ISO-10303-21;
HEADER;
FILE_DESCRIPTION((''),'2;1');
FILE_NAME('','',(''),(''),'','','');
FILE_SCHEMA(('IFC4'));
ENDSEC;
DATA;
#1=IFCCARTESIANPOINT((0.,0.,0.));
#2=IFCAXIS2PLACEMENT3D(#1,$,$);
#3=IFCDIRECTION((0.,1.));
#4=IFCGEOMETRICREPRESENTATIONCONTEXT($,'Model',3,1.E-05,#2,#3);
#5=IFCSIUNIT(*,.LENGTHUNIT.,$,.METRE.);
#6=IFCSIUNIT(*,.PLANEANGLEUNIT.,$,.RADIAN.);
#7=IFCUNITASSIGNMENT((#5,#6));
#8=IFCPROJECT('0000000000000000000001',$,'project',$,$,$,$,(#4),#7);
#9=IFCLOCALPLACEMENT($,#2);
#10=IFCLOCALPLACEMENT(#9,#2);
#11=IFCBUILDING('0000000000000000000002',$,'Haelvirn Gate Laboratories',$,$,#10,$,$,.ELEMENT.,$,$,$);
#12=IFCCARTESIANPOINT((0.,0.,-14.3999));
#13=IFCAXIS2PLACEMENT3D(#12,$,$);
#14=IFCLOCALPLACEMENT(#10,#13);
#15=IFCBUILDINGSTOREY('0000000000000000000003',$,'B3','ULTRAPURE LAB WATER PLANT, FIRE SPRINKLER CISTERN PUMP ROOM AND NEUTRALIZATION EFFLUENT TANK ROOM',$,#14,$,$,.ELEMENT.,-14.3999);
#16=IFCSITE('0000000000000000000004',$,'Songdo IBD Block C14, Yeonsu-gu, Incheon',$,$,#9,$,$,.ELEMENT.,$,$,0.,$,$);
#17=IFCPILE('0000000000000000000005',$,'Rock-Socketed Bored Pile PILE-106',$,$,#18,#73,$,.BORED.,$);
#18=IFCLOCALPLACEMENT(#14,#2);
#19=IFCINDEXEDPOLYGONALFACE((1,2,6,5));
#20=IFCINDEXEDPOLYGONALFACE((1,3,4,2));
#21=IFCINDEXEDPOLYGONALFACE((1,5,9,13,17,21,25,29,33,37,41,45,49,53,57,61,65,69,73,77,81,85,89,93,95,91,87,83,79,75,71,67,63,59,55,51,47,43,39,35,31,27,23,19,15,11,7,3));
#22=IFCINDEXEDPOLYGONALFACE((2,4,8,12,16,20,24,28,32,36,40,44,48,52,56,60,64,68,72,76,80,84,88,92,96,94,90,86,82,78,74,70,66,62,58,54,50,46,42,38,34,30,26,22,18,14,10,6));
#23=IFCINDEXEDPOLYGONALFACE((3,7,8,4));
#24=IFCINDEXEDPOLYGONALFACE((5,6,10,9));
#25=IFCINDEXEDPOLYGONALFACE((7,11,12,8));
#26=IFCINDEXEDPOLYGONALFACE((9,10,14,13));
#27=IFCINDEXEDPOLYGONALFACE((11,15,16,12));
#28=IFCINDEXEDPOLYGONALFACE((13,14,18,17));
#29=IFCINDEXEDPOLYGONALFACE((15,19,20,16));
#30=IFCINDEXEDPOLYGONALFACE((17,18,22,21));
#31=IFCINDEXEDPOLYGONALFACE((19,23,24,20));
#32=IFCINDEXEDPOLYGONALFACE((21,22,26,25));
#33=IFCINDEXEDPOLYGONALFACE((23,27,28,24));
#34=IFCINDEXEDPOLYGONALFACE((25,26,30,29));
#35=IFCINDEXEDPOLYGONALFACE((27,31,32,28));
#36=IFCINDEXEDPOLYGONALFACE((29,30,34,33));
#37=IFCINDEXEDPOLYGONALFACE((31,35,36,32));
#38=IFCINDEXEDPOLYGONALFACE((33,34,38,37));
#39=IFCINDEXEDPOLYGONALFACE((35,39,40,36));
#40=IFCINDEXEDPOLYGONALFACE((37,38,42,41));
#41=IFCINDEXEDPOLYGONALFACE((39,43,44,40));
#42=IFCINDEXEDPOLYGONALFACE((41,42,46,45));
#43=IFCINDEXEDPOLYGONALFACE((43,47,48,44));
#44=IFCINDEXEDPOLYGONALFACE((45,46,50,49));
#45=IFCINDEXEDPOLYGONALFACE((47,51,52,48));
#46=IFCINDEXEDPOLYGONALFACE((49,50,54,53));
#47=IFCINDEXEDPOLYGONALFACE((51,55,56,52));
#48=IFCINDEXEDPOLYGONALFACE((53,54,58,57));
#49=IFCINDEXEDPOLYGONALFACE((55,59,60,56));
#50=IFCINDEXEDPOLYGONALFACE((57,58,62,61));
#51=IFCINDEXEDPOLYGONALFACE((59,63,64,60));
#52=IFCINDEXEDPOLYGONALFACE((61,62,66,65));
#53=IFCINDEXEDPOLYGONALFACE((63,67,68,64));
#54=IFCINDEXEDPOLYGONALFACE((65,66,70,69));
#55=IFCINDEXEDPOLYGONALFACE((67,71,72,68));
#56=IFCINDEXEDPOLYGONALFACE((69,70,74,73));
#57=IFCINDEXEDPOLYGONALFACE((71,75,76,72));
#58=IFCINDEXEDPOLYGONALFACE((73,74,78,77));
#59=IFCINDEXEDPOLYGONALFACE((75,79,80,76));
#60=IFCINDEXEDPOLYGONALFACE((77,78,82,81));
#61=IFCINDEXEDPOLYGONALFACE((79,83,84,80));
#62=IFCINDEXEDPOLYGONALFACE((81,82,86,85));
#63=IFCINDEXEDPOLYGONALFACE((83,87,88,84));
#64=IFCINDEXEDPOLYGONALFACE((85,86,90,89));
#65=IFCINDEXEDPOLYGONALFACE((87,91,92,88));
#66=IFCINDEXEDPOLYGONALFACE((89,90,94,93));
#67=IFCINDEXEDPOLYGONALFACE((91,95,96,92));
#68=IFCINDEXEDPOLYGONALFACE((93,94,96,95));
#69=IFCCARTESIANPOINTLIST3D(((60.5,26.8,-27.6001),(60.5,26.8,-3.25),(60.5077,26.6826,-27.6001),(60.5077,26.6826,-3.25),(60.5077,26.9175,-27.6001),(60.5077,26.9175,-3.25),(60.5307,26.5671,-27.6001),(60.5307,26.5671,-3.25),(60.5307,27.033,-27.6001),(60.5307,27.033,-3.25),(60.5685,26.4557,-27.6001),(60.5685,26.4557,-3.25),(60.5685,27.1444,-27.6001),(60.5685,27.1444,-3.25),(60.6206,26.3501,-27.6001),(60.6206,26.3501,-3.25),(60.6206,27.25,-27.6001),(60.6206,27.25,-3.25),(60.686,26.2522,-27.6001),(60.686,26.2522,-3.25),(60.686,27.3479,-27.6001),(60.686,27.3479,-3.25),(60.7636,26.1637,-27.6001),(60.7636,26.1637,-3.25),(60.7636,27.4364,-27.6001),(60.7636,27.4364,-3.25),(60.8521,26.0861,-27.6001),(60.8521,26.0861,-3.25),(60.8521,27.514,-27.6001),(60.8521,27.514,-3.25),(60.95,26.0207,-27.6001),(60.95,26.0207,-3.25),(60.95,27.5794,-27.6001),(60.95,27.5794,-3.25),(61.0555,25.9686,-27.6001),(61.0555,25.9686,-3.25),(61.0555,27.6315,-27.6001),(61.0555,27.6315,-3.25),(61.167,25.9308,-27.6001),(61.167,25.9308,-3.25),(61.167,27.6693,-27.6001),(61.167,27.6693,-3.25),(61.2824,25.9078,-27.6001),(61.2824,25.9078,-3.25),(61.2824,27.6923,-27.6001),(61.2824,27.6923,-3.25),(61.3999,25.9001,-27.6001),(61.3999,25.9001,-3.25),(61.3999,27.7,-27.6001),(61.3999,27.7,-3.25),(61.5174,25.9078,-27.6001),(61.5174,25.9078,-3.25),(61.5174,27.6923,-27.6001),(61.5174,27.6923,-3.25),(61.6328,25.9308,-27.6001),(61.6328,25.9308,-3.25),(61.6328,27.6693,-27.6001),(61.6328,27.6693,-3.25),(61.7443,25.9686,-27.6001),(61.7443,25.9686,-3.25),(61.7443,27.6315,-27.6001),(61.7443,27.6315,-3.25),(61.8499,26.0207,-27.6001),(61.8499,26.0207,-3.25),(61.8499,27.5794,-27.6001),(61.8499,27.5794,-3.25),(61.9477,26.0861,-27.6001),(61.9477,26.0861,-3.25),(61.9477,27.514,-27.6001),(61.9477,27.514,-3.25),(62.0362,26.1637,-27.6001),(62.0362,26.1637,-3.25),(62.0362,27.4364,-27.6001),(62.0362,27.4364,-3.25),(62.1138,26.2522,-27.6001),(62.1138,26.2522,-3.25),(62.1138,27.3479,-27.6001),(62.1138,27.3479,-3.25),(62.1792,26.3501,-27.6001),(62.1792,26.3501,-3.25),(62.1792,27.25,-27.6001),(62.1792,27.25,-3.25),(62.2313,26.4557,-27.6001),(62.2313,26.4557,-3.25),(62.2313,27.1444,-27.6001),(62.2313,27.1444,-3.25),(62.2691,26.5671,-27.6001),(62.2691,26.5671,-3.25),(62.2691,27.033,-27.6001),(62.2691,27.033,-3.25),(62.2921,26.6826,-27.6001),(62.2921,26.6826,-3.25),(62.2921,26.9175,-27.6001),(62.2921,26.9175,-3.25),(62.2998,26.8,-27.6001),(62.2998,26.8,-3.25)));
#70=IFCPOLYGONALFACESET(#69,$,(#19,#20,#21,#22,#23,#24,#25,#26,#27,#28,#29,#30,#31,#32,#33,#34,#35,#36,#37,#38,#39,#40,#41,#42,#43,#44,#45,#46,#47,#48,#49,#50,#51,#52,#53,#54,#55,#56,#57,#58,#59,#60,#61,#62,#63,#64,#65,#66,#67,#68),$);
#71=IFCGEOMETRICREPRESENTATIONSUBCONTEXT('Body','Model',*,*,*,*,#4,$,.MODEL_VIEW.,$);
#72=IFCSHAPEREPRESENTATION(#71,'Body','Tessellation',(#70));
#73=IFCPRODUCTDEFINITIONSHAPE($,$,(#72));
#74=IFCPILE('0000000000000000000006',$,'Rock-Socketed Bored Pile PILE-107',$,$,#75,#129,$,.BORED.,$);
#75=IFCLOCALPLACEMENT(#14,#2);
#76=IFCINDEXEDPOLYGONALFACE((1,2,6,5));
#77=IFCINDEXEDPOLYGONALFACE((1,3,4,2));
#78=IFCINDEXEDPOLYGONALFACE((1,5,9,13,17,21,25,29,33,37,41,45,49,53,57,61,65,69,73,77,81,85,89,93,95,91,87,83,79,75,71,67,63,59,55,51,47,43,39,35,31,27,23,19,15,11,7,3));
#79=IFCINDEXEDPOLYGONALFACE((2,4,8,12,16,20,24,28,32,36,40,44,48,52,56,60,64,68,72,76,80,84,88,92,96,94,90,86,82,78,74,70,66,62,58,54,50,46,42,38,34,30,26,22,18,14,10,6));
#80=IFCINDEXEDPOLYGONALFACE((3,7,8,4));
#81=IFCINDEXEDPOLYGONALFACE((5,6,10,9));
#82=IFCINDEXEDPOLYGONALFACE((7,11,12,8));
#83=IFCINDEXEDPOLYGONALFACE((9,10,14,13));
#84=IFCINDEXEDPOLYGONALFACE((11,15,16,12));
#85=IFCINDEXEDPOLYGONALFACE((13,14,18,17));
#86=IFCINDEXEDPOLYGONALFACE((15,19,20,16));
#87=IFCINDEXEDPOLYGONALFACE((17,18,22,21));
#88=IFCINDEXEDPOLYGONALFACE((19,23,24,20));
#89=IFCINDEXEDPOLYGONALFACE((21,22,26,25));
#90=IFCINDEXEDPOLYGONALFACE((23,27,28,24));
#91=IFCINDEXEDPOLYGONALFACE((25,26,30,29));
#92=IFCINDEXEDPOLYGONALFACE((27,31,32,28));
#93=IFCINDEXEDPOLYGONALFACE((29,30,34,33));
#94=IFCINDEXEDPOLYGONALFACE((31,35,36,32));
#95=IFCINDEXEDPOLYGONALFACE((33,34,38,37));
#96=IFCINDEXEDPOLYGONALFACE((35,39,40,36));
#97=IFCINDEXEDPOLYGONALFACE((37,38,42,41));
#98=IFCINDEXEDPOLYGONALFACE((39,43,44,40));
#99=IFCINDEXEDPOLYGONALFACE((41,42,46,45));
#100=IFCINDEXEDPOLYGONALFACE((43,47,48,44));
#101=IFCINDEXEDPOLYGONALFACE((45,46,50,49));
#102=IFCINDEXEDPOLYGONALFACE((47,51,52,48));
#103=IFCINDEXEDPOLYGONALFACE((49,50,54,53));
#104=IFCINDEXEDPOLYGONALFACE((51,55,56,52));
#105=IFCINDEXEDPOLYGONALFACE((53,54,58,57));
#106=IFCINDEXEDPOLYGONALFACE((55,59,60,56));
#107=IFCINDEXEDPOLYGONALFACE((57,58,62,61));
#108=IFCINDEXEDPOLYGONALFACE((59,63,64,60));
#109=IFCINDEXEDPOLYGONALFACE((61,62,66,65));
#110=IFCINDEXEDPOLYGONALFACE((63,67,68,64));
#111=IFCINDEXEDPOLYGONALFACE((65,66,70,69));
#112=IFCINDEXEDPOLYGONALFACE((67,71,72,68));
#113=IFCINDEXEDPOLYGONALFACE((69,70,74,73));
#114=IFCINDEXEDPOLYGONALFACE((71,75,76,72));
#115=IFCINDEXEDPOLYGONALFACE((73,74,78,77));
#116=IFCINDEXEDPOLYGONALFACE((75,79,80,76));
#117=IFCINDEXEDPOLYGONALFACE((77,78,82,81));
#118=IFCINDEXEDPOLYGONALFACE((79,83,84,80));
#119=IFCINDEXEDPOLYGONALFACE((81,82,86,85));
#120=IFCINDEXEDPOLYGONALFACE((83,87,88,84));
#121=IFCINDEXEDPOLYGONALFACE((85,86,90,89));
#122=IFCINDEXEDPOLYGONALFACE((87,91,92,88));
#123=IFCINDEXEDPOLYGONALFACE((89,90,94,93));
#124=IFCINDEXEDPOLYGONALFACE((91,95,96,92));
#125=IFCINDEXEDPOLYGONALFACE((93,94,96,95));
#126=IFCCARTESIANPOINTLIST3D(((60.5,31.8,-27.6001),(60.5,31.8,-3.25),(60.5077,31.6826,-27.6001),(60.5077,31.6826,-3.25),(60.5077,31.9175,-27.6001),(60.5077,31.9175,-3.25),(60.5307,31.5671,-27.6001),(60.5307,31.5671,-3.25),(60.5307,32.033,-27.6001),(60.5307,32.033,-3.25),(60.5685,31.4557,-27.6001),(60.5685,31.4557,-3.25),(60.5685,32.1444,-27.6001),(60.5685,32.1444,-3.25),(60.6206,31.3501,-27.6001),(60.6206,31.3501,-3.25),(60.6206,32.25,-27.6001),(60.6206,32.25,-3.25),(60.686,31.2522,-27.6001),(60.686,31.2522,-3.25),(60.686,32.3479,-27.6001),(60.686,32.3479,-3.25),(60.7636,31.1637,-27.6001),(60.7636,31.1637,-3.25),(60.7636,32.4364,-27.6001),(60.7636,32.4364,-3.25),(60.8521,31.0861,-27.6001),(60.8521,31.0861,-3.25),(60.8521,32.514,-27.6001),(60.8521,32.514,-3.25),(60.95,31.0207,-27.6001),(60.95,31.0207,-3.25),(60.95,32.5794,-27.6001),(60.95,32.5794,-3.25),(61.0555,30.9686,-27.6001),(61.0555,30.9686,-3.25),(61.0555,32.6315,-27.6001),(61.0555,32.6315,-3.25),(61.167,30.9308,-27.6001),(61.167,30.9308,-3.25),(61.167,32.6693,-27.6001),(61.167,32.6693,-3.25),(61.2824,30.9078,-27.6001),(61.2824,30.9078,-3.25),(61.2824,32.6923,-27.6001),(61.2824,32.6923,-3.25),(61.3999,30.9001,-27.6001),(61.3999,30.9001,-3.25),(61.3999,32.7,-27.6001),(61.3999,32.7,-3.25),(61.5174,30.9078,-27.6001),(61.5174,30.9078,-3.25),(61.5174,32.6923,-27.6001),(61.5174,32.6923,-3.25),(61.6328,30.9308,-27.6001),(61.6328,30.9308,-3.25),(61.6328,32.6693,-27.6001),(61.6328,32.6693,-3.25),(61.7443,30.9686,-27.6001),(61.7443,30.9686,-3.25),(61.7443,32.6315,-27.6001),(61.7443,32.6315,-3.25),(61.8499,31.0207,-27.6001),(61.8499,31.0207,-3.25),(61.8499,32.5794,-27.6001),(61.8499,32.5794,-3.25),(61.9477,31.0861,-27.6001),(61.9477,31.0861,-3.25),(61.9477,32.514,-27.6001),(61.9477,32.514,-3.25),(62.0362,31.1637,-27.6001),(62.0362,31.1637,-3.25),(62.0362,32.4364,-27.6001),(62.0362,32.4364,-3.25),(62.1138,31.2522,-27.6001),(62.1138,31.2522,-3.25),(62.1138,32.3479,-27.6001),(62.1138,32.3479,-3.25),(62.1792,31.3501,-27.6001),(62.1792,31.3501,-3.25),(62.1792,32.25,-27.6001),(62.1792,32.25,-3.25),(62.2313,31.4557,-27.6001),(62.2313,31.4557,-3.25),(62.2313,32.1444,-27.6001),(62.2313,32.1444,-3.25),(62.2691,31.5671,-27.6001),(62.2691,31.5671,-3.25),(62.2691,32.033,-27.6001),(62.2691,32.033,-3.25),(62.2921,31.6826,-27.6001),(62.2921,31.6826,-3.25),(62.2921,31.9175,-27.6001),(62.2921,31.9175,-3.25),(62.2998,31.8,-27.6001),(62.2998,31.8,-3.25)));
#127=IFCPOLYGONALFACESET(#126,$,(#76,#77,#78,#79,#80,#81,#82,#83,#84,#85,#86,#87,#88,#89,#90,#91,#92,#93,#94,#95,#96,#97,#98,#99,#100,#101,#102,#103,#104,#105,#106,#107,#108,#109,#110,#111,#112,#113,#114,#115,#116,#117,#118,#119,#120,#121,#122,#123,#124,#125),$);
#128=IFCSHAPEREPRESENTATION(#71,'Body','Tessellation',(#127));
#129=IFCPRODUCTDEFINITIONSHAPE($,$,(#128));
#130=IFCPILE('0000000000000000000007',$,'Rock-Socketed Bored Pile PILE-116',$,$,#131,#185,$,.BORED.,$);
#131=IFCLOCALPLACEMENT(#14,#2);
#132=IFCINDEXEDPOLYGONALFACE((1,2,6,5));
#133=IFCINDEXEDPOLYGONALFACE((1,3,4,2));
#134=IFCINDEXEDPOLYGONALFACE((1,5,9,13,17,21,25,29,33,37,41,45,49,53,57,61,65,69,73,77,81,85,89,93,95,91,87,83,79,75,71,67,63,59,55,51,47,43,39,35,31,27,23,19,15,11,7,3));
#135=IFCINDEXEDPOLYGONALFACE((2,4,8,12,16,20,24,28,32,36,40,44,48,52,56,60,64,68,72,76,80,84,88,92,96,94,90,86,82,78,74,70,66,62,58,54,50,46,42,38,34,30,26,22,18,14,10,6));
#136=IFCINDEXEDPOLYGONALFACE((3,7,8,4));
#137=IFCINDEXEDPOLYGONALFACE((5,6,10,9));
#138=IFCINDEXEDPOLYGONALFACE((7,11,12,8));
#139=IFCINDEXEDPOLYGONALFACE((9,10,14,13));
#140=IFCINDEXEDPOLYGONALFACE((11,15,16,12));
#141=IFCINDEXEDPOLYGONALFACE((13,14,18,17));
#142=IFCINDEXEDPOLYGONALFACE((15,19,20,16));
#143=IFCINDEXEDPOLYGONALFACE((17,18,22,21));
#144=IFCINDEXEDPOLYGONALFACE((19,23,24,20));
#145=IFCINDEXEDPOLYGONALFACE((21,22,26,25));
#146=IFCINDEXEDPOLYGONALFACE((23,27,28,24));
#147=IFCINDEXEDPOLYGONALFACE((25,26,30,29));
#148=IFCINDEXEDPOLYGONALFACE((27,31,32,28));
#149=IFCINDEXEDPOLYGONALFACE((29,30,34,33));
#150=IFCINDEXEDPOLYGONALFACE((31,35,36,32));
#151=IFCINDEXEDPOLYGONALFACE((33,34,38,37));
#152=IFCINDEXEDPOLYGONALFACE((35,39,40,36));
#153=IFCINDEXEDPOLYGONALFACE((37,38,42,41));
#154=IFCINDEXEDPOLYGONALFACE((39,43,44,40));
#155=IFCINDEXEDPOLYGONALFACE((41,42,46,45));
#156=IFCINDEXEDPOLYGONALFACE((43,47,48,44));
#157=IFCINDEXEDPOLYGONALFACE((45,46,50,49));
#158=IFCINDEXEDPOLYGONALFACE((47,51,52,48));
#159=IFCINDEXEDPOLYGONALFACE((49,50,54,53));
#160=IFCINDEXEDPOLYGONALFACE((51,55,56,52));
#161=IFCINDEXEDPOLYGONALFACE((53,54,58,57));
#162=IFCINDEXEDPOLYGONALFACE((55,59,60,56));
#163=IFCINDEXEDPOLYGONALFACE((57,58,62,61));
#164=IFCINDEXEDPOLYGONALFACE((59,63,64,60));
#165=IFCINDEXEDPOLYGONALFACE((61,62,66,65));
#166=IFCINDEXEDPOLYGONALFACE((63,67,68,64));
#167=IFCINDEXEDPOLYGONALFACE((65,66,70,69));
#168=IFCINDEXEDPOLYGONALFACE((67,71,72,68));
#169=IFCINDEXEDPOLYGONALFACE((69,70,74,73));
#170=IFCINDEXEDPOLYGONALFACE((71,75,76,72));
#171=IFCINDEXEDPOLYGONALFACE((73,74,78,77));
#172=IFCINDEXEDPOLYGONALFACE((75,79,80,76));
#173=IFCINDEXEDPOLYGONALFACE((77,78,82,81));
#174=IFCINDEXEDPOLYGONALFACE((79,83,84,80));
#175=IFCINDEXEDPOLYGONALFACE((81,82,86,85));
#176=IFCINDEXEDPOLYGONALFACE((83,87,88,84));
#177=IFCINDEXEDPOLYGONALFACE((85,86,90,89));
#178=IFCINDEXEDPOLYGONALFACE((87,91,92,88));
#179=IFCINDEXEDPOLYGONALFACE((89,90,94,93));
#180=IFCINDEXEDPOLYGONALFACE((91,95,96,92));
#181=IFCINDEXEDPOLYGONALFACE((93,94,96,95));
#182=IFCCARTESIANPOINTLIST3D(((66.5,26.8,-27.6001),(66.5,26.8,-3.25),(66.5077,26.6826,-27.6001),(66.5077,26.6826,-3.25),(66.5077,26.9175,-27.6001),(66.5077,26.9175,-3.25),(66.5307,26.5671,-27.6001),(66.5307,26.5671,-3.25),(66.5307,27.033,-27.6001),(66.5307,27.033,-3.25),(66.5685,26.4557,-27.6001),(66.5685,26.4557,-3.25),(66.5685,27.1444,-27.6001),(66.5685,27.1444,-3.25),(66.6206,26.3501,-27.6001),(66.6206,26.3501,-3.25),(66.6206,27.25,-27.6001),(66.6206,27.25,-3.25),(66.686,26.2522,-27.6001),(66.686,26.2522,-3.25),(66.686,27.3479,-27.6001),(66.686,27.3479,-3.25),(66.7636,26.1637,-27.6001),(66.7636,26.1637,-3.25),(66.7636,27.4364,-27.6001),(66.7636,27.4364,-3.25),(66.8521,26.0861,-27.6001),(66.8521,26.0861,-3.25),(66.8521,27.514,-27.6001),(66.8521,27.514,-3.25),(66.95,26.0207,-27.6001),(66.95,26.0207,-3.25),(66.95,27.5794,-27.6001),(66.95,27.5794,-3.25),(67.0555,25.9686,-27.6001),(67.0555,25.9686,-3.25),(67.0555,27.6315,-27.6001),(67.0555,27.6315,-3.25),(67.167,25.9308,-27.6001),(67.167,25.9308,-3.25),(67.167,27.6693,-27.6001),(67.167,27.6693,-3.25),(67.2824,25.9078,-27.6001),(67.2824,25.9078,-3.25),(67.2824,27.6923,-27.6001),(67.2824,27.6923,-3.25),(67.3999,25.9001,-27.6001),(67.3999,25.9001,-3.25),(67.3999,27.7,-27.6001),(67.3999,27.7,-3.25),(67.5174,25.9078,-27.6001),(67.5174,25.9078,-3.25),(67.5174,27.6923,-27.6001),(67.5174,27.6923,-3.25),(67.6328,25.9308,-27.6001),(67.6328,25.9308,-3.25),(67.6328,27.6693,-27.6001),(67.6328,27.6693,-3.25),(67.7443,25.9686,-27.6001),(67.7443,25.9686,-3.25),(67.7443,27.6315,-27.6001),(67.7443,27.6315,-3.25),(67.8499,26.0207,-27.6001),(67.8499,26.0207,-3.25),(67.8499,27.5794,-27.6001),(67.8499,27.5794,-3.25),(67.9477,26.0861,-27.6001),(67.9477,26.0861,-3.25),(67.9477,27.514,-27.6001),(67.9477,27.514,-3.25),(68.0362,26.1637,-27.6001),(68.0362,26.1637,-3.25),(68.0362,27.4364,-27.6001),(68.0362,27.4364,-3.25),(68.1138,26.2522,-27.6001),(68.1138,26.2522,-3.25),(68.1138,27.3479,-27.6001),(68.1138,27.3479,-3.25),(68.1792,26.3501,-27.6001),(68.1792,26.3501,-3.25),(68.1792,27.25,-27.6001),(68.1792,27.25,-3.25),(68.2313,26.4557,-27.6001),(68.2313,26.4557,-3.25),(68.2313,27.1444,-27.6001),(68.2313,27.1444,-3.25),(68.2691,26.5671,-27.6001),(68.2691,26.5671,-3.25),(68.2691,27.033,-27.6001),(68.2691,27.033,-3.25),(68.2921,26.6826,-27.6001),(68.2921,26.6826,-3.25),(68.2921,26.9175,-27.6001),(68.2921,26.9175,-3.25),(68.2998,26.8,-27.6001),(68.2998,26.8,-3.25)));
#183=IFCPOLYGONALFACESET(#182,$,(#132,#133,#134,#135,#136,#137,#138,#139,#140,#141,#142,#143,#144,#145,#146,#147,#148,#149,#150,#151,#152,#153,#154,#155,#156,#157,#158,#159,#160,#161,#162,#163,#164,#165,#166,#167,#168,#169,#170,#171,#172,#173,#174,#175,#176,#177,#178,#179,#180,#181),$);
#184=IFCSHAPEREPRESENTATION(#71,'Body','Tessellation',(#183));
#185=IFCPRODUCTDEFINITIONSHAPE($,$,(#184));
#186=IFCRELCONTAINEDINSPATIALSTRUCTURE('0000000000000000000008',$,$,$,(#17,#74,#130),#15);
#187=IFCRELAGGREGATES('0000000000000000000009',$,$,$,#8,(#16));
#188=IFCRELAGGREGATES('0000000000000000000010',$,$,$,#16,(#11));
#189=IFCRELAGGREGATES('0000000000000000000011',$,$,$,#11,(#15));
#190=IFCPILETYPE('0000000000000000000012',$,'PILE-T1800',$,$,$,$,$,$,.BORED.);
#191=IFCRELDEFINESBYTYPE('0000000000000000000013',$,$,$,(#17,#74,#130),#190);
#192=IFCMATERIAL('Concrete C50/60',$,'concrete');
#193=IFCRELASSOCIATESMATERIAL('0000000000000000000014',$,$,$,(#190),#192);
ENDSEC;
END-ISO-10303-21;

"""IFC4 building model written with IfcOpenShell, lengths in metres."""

from ifc_helpers import new_model, si_unit, direction, frame, origin, origin_2d, place, context, subcontext, project, spatial, circle, extrude, source, transform, mapped, material, material_profile, profile_set, type_object, type_shapes, element, save


model = new_model("IFC4")

# Units and contexts
model_context = context("Model", 3, precision=1e-05, world=origin(), true_north=direction((0.0, 1.0)))
body_context = subcontext(model_context, "Body", "Model", "MODEL_VIEW")
ifc_project = project(units=[si_unit("LENGTHUNIT", "METRE"), si_unit("PLANEANGLEUNIT", "RADIAN")], contexts=[model_context])

# Site, building, storey
site_placement = place(None, origin())
site = spatial("IfcSite", under=ifc_project, at=site_placement, Name="Songdo IBD Block C14, Yeonsu-gu, Incheon", CompositionType="ELEMENT", RefElevation=0.0)
building_placement = place(site_placement, origin())
building = spatial("IfcBuilding", under=site, at=building_placement, Name="Haelvirn Gate Laboratories", CompositionType="ELEMENT")
storey_placement = place(building_placement, frame((0.0, 0.0, -14.3999)))
storey = spatial("IfcBuildingStorey", under=building, at=storey_placement, Name="B3", Description="ULTRAPURE LAB WATER PLANT, FIRE SPRINKLER CISTERN PUMP ROOM AND NEUTRALIZATION EFFLUENT TANK ROOM", CompositionType="ELEMENT", Elevation=-14.3999)

# Piles
ifc_material_1 = material(Name="Concrete C50/60", Category="concrete")
ifc_material_profile_1 = material_profile(ifc_material_1, circle(Radius=0.8999, at=origin_2d()), Name="PILE-D1800")
ifc_profile_set_1 = profile_set([ifc_material_profile_1], Name="Concrete C50/60")
pile_type_1 = type_object("IfcPileType", Name="PILE-T1800", PredefinedType="BORED", material=ifc_profile_set_1)
shared_shape_1 = source(origin(), body_context, "Body", "SweptSolid", [
    extrude(circle(Radius=0.8999, at=origin_2d()), origin(), (0.0, 0.0, 1.0), 24.3501),
])
type_shapes(pile_type_1, [shared_shape_1])
for number, where, z_axis, x_axis, name in (
    (1, (61.3999, 26.8, -3.25), (0.0, 0.0, -1.0), (1.0, 0.0, 0.0), "Rock-Socketed Bored Pile PILE-106"),
    (2, (61.3999, 31.8, -3.25), (0.0, 0.0, -1.0), (1.0, 0.0, 0.0), "Rock-Socketed Bored Pile PILE-107"),
    (3, (67.3999, 26.8, -3.25), (0.0, 0.0, -1.0), (1.0, 0.0, 0.0), "Rock-Socketed Bored Pile PILE-116"),
):
    element("IfcPile", number, at=place(storey_placement, frame(where, z_axis=z_axis, x_axis=x_axis)), inside=storey, type_object=pile_type_1, Name=name, PredefinedType="BORED", context=body_context, shape_type="MappedRepresentation", body=[
        mapped(shared_shape_1, transform((0.0, 0.0, 0.0), scale=1.0)),
    ])

save(model, "model.ifc")
